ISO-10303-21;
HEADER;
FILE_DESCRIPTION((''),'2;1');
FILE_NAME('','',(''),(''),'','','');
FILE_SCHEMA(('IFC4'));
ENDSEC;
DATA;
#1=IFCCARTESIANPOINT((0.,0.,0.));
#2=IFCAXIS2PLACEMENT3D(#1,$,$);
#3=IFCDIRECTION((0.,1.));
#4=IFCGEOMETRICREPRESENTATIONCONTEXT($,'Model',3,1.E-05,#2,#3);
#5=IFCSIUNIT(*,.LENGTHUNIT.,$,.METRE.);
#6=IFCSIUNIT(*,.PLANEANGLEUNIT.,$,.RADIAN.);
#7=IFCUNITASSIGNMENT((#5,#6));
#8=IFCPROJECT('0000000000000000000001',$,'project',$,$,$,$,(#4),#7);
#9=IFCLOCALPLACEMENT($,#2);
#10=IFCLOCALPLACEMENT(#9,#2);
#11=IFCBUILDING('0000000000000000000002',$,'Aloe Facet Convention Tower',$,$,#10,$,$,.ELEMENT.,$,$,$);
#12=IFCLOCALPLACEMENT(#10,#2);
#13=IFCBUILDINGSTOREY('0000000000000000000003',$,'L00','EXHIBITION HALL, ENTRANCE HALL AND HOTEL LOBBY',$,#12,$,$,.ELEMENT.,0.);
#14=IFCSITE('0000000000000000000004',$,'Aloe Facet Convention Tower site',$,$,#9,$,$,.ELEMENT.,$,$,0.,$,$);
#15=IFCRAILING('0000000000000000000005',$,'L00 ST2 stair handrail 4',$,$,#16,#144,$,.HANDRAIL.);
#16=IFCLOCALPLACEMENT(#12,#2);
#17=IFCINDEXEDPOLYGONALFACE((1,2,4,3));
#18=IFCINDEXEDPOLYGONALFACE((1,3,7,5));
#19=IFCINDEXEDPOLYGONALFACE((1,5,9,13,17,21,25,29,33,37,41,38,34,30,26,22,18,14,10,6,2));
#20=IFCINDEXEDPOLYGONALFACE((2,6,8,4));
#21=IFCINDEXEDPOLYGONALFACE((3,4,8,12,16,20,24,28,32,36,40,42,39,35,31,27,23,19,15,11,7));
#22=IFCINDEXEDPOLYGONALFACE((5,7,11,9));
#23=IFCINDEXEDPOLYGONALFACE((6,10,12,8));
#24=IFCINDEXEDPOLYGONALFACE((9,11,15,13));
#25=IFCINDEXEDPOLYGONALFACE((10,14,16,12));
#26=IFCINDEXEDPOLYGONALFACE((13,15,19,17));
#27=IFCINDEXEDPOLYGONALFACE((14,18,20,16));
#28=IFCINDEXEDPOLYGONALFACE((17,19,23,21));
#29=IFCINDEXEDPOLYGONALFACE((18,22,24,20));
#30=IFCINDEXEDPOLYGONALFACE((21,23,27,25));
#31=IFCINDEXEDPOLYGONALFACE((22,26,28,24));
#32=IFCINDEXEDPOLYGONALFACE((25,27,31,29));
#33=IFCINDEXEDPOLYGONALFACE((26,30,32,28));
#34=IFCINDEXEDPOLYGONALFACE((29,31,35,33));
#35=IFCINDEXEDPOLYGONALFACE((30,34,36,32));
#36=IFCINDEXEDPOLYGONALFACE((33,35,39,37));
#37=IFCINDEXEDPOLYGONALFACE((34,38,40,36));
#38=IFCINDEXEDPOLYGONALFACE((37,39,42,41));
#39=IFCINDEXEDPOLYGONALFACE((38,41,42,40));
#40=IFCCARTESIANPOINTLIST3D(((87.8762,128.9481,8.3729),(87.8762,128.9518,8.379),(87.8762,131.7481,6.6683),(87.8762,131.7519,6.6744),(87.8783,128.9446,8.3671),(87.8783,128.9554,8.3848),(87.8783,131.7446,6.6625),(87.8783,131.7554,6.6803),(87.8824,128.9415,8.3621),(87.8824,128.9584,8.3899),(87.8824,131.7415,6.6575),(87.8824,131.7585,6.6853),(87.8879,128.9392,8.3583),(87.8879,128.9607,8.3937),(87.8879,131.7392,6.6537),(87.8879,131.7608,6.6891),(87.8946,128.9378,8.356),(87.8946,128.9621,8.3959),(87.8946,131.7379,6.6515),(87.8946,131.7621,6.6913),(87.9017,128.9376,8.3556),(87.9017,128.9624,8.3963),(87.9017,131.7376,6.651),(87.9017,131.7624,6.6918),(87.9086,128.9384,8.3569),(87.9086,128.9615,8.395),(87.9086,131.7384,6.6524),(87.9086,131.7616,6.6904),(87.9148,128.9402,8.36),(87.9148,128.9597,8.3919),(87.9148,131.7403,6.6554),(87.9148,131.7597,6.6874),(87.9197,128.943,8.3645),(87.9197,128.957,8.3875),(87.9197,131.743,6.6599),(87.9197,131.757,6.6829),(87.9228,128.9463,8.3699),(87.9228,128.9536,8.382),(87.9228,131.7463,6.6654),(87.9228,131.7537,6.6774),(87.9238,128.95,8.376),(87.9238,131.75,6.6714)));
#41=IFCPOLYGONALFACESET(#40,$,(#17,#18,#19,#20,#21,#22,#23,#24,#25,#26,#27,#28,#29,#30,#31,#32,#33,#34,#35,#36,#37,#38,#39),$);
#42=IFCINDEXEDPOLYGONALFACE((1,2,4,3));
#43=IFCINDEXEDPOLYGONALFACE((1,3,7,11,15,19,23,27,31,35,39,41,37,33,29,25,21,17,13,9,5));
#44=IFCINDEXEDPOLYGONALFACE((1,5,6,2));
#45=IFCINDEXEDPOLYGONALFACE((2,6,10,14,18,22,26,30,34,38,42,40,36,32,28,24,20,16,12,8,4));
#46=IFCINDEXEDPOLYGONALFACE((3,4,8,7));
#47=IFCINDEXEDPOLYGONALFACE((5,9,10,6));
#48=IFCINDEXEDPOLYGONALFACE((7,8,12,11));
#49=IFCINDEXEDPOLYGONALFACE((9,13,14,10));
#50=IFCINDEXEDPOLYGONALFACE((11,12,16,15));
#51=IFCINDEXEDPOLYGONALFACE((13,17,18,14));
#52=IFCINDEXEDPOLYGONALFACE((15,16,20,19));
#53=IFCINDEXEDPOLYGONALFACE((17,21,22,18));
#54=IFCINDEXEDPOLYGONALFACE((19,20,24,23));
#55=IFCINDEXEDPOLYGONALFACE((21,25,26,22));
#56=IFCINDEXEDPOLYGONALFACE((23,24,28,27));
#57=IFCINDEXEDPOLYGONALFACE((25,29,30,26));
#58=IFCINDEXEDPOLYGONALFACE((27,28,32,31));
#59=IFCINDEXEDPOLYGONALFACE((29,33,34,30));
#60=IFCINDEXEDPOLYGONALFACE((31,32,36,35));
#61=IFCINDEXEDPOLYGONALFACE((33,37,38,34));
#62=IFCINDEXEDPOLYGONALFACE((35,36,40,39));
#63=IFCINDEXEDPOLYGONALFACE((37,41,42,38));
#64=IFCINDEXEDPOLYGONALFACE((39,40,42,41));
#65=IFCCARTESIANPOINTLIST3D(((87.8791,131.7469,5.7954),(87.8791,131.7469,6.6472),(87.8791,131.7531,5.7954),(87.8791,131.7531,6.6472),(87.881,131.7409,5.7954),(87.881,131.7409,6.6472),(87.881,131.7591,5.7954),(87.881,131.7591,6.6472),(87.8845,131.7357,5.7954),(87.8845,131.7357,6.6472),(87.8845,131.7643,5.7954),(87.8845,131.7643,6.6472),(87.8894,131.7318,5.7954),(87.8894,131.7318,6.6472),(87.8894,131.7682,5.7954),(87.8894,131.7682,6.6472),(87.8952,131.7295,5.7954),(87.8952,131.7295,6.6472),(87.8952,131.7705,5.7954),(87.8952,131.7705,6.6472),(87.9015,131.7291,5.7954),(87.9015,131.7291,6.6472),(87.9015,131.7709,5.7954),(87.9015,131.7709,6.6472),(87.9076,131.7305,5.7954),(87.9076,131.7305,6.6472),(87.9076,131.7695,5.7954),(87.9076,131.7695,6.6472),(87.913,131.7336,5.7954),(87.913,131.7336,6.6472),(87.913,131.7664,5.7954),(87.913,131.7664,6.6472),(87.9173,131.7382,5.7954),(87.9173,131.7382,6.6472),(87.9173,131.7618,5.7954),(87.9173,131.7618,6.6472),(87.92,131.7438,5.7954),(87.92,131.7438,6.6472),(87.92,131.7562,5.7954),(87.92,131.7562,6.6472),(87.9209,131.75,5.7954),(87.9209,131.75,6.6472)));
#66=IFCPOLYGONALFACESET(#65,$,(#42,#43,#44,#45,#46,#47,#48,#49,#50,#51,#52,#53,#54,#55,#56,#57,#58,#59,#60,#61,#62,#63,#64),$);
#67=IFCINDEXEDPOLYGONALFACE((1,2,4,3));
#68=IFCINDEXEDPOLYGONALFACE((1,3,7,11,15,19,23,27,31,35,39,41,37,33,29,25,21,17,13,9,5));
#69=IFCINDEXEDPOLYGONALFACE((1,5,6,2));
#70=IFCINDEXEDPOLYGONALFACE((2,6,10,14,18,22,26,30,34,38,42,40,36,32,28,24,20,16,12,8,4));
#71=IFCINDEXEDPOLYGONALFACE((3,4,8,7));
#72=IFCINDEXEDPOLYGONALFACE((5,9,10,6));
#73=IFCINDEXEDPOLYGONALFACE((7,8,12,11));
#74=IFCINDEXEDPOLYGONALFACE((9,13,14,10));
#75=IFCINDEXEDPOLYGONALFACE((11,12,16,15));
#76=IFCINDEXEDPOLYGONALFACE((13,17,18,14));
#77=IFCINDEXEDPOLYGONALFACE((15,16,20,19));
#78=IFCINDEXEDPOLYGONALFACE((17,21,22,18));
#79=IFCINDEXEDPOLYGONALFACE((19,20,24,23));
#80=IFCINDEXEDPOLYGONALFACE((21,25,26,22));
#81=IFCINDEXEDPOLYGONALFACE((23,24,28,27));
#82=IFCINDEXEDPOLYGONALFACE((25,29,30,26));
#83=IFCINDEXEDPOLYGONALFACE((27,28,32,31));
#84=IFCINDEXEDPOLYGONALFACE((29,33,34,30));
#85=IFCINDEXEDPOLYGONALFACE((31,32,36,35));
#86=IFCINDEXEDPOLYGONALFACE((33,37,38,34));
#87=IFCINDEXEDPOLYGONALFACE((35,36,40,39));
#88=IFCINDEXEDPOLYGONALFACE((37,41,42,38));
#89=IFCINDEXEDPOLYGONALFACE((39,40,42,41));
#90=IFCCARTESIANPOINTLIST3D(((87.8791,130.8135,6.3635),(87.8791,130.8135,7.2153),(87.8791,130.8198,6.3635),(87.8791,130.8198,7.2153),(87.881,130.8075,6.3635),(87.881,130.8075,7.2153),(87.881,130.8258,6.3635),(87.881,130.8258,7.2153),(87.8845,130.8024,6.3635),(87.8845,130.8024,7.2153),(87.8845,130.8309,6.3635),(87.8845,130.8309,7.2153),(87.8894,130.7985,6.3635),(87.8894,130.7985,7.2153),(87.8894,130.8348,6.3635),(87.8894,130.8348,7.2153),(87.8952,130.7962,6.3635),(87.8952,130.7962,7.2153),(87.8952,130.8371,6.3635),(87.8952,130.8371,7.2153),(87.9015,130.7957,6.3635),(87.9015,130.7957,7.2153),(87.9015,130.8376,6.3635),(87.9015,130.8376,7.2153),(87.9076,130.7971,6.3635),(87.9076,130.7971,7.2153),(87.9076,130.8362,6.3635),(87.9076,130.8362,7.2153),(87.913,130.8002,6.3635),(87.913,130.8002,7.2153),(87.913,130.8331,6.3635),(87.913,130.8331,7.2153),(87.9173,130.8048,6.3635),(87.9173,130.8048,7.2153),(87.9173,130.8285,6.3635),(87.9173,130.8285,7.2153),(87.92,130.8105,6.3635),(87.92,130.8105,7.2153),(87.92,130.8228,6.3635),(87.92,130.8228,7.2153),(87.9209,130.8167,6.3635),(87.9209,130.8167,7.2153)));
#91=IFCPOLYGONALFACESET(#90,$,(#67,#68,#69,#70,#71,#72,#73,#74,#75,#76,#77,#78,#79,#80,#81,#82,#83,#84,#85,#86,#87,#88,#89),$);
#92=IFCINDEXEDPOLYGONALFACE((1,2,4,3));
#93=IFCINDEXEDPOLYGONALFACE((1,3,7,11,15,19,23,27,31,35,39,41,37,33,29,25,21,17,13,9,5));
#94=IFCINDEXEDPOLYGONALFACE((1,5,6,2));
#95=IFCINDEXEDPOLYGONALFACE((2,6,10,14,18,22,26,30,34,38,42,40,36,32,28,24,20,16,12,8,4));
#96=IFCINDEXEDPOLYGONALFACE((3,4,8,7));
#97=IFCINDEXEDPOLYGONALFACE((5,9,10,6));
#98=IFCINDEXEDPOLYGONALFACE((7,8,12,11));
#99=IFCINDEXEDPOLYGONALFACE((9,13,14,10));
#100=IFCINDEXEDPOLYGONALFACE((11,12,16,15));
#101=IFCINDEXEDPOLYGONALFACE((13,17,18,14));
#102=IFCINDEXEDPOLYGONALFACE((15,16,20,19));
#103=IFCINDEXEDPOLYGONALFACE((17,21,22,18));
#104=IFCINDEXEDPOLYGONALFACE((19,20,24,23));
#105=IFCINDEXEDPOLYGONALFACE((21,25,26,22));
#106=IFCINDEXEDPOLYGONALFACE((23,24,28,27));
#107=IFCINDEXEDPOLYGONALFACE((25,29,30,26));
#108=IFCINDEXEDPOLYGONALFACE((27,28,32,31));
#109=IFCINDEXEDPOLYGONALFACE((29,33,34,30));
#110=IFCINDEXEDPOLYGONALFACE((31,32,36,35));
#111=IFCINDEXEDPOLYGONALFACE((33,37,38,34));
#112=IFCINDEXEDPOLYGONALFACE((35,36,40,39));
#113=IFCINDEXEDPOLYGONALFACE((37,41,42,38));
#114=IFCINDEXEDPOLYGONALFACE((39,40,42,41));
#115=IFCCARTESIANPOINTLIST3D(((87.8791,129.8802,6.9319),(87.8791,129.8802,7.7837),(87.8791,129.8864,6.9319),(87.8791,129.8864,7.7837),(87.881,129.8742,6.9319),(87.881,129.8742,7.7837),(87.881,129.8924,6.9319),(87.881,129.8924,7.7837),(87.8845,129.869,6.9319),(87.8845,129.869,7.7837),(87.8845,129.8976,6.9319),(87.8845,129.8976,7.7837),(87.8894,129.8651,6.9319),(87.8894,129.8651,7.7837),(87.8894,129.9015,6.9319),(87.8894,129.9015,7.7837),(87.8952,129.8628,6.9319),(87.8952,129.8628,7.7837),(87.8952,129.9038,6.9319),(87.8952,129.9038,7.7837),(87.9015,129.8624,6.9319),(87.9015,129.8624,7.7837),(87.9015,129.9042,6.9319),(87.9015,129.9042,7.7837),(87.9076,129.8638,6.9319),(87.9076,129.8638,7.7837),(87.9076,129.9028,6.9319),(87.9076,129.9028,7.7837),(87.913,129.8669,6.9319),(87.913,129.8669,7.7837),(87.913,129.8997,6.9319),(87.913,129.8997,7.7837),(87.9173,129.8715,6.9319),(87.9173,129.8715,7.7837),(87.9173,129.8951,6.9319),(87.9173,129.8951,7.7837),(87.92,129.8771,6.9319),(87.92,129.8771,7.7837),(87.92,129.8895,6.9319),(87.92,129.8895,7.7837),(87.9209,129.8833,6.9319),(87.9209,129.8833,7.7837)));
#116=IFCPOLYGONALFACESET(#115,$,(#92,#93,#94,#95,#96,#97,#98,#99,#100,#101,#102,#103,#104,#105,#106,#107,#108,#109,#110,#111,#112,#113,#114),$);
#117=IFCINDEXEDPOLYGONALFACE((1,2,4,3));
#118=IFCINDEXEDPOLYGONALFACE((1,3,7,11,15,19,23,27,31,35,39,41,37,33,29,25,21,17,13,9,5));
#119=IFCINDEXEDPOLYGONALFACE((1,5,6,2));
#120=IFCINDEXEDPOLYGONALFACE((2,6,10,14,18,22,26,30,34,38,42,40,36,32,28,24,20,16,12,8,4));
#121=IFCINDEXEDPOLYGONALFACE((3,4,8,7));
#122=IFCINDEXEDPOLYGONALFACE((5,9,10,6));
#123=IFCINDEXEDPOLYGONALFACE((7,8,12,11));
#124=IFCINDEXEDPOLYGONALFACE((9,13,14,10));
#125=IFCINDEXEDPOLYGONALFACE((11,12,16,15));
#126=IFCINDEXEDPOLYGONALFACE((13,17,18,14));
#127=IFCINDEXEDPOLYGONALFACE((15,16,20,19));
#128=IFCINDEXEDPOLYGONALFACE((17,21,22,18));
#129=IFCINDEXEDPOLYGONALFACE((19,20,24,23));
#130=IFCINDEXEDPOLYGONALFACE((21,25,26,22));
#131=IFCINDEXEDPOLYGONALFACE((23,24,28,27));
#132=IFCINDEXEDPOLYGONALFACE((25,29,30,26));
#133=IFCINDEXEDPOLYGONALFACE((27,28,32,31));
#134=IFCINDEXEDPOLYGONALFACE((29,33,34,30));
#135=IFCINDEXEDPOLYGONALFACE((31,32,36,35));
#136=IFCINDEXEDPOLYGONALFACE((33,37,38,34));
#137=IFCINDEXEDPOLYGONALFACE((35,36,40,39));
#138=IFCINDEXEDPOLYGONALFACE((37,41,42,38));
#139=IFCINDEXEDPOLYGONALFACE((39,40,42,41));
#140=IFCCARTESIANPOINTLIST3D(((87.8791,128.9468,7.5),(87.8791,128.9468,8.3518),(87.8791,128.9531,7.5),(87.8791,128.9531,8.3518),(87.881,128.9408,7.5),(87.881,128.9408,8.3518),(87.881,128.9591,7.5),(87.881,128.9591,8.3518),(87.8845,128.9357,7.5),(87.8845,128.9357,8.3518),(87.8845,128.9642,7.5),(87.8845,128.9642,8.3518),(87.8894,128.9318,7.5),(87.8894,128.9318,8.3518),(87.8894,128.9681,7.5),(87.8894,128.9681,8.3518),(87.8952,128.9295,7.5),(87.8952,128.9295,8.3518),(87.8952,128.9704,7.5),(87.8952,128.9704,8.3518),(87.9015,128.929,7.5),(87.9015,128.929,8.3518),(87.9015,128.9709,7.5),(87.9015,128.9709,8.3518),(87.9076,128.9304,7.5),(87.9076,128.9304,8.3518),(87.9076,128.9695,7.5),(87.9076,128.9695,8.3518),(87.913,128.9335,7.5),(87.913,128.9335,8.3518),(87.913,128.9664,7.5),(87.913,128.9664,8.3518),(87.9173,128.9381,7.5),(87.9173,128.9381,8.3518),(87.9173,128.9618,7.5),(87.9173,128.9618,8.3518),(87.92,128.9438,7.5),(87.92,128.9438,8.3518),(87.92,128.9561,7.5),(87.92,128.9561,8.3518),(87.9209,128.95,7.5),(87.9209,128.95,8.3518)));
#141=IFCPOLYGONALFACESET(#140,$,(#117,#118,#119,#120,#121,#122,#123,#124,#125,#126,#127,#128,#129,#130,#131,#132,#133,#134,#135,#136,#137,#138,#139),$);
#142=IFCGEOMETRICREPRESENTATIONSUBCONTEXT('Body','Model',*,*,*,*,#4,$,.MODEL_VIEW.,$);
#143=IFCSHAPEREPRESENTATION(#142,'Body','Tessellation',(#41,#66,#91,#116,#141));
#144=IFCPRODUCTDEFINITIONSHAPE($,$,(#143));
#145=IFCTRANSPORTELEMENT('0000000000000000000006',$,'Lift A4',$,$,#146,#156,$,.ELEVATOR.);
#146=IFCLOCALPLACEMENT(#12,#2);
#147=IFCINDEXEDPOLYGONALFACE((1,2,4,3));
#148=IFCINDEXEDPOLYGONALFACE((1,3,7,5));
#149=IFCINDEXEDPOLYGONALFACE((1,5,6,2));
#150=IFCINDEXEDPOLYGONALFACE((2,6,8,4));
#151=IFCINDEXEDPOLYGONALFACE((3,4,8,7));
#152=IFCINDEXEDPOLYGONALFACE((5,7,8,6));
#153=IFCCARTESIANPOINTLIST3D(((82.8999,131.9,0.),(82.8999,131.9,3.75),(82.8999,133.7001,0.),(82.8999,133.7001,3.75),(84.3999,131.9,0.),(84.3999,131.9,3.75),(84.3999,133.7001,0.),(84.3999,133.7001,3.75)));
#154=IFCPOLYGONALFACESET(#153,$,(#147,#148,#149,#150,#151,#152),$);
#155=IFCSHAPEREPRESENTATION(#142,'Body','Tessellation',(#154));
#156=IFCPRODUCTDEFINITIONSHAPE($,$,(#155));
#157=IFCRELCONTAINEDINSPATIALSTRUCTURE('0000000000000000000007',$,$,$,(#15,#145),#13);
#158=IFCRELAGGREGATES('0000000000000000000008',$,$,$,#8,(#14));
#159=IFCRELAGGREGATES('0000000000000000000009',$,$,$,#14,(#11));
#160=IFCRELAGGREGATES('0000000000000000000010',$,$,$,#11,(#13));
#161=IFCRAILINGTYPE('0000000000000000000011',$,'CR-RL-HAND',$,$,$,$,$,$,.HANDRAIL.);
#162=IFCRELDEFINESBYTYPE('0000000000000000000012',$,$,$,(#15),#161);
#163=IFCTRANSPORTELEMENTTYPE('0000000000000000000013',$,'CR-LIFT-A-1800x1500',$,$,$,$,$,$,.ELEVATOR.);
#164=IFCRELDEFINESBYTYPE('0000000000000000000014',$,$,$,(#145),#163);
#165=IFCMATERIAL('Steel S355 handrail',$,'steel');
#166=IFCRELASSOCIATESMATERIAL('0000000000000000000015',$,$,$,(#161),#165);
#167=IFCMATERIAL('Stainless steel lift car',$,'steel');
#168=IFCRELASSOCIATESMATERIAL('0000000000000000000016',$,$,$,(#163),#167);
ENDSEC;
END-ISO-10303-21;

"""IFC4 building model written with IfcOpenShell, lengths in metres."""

from ifc_helpers import new_model, si_unit, direction, frame, origin, origin_2d, place, context, subcontext, project, spatial, rectangle, circle, extrude, material, type_object, element, save


model = new_model("IFC4")

# Units and contexts
model_context = context("Model", 3, precision=1e-05, world=origin(), true_north=direction((0.0, 1.0)))
body_context = subcontext(model_context, "Body", "Model", "MODEL_VIEW")
ifc_project = project(units=[si_unit("LENGTHUNIT", "METRE"), si_unit("PLANEANGLEUNIT", "RADIAN")], contexts=[model_context])

# Site, building, storey
site_placement = place(None, origin())
site = spatial("IfcSite", under=ifc_project, at=site_placement, Name="Aloe Facet Convention Tower site", CompositionType="ELEMENT", RefElevation=0.0)
building_placement = place(site_placement, origin())
building = spatial("IfcBuilding", under=site, at=building_placement, Name="Aloe Facet Convention Tower", CompositionType="ELEMENT")
storey_placement = place(building_placement, origin())
storey = spatial("IfcBuildingStorey", under=building, at=storey_placement, Name="L00", Description="EXHIBITION HALL, ENTRANCE HALL AND HOTEL LOBBY", CompositionType="ELEMENT", Elevation=0.0)

# Railing
ifc_material_1 = material(Name="Steel S355 handrail", Category="steel")
railing_type_1 = type_object("IfcRailingType", Name="CR-RL-HAND", PredefinedType="HANDRAIL", material=ifc_material_1)
for number, where, name in (
    (1, (87.8999, 131.75, 5.7954), "L00 ST2 stair handrail 4"),
):
    element("IfcRailing", number, at=place(storey_placement, frame(where)), inside=storey, type_object=railing_type_1, Name=name, PredefinedType="HANDRAIL", context=body_context, shape_type="SweptSolid", body=[
        extrude(circle(Radius=0.0239, at=origin_2d()), frame((0.0, 0.0, 0.876), z_axis=(0.0, -0.85417, 0.519994), x_axis=(1.0, 0.0, 0.0)), (0.0, 0.0, 1.0), 3.2781),
        extrude(circle(Radius=0.021, at=origin_2d()), origin(), (0.0, 0.0, 1.0), 0.8518),
        extrude(circle(Radius=0.021, at=origin_2d()), frame((0.0, -0.9333, 0.5681)), (0.0, 0.0, 1.0), 0.8518),
        extrude(circle(Radius=0.021, at=origin_2d()), frame((0.0, -1.8667, 1.1365)), (0.0, 0.0, 1.0), 0.8518),
        extrude(circle(Radius=0.021, at=origin_2d()), frame((0.0, -2.8, 1.7046)), (0.0, 0.0, 1.0), 0.8518),
    ])

# Transport element
ifc_material_2 = material(Name="Stainless steel lift car", Category="steel")
transport_element_type = type_object("IfcTransportElementType", Name="CR-LIFT-A-1800x1500", PredefinedType="ELEVATOR", material=ifc_material_2)
transport_element_placement = place(storey_placement, frame((83.6499, 132.8, 0.0), z_axis=(0.0, 0.0, 1.0), x_axis=(1.0, 0.0, 0.0)))
element("IfcTransportElement", 2, at=transport_element_placement, inside=storey, type_object=transport_element_type, Name="Lift A4", PredefinedType="ELEVATOR", context=body_context, shape_type="SweptSolid", body=[
    extrude(rectangle(XDim=1.5, YDim=1.8, at=origin_2d()), origin(), (0.0, 0.0, 1.0), 3.75),
])

save(model, "model.ifc")
